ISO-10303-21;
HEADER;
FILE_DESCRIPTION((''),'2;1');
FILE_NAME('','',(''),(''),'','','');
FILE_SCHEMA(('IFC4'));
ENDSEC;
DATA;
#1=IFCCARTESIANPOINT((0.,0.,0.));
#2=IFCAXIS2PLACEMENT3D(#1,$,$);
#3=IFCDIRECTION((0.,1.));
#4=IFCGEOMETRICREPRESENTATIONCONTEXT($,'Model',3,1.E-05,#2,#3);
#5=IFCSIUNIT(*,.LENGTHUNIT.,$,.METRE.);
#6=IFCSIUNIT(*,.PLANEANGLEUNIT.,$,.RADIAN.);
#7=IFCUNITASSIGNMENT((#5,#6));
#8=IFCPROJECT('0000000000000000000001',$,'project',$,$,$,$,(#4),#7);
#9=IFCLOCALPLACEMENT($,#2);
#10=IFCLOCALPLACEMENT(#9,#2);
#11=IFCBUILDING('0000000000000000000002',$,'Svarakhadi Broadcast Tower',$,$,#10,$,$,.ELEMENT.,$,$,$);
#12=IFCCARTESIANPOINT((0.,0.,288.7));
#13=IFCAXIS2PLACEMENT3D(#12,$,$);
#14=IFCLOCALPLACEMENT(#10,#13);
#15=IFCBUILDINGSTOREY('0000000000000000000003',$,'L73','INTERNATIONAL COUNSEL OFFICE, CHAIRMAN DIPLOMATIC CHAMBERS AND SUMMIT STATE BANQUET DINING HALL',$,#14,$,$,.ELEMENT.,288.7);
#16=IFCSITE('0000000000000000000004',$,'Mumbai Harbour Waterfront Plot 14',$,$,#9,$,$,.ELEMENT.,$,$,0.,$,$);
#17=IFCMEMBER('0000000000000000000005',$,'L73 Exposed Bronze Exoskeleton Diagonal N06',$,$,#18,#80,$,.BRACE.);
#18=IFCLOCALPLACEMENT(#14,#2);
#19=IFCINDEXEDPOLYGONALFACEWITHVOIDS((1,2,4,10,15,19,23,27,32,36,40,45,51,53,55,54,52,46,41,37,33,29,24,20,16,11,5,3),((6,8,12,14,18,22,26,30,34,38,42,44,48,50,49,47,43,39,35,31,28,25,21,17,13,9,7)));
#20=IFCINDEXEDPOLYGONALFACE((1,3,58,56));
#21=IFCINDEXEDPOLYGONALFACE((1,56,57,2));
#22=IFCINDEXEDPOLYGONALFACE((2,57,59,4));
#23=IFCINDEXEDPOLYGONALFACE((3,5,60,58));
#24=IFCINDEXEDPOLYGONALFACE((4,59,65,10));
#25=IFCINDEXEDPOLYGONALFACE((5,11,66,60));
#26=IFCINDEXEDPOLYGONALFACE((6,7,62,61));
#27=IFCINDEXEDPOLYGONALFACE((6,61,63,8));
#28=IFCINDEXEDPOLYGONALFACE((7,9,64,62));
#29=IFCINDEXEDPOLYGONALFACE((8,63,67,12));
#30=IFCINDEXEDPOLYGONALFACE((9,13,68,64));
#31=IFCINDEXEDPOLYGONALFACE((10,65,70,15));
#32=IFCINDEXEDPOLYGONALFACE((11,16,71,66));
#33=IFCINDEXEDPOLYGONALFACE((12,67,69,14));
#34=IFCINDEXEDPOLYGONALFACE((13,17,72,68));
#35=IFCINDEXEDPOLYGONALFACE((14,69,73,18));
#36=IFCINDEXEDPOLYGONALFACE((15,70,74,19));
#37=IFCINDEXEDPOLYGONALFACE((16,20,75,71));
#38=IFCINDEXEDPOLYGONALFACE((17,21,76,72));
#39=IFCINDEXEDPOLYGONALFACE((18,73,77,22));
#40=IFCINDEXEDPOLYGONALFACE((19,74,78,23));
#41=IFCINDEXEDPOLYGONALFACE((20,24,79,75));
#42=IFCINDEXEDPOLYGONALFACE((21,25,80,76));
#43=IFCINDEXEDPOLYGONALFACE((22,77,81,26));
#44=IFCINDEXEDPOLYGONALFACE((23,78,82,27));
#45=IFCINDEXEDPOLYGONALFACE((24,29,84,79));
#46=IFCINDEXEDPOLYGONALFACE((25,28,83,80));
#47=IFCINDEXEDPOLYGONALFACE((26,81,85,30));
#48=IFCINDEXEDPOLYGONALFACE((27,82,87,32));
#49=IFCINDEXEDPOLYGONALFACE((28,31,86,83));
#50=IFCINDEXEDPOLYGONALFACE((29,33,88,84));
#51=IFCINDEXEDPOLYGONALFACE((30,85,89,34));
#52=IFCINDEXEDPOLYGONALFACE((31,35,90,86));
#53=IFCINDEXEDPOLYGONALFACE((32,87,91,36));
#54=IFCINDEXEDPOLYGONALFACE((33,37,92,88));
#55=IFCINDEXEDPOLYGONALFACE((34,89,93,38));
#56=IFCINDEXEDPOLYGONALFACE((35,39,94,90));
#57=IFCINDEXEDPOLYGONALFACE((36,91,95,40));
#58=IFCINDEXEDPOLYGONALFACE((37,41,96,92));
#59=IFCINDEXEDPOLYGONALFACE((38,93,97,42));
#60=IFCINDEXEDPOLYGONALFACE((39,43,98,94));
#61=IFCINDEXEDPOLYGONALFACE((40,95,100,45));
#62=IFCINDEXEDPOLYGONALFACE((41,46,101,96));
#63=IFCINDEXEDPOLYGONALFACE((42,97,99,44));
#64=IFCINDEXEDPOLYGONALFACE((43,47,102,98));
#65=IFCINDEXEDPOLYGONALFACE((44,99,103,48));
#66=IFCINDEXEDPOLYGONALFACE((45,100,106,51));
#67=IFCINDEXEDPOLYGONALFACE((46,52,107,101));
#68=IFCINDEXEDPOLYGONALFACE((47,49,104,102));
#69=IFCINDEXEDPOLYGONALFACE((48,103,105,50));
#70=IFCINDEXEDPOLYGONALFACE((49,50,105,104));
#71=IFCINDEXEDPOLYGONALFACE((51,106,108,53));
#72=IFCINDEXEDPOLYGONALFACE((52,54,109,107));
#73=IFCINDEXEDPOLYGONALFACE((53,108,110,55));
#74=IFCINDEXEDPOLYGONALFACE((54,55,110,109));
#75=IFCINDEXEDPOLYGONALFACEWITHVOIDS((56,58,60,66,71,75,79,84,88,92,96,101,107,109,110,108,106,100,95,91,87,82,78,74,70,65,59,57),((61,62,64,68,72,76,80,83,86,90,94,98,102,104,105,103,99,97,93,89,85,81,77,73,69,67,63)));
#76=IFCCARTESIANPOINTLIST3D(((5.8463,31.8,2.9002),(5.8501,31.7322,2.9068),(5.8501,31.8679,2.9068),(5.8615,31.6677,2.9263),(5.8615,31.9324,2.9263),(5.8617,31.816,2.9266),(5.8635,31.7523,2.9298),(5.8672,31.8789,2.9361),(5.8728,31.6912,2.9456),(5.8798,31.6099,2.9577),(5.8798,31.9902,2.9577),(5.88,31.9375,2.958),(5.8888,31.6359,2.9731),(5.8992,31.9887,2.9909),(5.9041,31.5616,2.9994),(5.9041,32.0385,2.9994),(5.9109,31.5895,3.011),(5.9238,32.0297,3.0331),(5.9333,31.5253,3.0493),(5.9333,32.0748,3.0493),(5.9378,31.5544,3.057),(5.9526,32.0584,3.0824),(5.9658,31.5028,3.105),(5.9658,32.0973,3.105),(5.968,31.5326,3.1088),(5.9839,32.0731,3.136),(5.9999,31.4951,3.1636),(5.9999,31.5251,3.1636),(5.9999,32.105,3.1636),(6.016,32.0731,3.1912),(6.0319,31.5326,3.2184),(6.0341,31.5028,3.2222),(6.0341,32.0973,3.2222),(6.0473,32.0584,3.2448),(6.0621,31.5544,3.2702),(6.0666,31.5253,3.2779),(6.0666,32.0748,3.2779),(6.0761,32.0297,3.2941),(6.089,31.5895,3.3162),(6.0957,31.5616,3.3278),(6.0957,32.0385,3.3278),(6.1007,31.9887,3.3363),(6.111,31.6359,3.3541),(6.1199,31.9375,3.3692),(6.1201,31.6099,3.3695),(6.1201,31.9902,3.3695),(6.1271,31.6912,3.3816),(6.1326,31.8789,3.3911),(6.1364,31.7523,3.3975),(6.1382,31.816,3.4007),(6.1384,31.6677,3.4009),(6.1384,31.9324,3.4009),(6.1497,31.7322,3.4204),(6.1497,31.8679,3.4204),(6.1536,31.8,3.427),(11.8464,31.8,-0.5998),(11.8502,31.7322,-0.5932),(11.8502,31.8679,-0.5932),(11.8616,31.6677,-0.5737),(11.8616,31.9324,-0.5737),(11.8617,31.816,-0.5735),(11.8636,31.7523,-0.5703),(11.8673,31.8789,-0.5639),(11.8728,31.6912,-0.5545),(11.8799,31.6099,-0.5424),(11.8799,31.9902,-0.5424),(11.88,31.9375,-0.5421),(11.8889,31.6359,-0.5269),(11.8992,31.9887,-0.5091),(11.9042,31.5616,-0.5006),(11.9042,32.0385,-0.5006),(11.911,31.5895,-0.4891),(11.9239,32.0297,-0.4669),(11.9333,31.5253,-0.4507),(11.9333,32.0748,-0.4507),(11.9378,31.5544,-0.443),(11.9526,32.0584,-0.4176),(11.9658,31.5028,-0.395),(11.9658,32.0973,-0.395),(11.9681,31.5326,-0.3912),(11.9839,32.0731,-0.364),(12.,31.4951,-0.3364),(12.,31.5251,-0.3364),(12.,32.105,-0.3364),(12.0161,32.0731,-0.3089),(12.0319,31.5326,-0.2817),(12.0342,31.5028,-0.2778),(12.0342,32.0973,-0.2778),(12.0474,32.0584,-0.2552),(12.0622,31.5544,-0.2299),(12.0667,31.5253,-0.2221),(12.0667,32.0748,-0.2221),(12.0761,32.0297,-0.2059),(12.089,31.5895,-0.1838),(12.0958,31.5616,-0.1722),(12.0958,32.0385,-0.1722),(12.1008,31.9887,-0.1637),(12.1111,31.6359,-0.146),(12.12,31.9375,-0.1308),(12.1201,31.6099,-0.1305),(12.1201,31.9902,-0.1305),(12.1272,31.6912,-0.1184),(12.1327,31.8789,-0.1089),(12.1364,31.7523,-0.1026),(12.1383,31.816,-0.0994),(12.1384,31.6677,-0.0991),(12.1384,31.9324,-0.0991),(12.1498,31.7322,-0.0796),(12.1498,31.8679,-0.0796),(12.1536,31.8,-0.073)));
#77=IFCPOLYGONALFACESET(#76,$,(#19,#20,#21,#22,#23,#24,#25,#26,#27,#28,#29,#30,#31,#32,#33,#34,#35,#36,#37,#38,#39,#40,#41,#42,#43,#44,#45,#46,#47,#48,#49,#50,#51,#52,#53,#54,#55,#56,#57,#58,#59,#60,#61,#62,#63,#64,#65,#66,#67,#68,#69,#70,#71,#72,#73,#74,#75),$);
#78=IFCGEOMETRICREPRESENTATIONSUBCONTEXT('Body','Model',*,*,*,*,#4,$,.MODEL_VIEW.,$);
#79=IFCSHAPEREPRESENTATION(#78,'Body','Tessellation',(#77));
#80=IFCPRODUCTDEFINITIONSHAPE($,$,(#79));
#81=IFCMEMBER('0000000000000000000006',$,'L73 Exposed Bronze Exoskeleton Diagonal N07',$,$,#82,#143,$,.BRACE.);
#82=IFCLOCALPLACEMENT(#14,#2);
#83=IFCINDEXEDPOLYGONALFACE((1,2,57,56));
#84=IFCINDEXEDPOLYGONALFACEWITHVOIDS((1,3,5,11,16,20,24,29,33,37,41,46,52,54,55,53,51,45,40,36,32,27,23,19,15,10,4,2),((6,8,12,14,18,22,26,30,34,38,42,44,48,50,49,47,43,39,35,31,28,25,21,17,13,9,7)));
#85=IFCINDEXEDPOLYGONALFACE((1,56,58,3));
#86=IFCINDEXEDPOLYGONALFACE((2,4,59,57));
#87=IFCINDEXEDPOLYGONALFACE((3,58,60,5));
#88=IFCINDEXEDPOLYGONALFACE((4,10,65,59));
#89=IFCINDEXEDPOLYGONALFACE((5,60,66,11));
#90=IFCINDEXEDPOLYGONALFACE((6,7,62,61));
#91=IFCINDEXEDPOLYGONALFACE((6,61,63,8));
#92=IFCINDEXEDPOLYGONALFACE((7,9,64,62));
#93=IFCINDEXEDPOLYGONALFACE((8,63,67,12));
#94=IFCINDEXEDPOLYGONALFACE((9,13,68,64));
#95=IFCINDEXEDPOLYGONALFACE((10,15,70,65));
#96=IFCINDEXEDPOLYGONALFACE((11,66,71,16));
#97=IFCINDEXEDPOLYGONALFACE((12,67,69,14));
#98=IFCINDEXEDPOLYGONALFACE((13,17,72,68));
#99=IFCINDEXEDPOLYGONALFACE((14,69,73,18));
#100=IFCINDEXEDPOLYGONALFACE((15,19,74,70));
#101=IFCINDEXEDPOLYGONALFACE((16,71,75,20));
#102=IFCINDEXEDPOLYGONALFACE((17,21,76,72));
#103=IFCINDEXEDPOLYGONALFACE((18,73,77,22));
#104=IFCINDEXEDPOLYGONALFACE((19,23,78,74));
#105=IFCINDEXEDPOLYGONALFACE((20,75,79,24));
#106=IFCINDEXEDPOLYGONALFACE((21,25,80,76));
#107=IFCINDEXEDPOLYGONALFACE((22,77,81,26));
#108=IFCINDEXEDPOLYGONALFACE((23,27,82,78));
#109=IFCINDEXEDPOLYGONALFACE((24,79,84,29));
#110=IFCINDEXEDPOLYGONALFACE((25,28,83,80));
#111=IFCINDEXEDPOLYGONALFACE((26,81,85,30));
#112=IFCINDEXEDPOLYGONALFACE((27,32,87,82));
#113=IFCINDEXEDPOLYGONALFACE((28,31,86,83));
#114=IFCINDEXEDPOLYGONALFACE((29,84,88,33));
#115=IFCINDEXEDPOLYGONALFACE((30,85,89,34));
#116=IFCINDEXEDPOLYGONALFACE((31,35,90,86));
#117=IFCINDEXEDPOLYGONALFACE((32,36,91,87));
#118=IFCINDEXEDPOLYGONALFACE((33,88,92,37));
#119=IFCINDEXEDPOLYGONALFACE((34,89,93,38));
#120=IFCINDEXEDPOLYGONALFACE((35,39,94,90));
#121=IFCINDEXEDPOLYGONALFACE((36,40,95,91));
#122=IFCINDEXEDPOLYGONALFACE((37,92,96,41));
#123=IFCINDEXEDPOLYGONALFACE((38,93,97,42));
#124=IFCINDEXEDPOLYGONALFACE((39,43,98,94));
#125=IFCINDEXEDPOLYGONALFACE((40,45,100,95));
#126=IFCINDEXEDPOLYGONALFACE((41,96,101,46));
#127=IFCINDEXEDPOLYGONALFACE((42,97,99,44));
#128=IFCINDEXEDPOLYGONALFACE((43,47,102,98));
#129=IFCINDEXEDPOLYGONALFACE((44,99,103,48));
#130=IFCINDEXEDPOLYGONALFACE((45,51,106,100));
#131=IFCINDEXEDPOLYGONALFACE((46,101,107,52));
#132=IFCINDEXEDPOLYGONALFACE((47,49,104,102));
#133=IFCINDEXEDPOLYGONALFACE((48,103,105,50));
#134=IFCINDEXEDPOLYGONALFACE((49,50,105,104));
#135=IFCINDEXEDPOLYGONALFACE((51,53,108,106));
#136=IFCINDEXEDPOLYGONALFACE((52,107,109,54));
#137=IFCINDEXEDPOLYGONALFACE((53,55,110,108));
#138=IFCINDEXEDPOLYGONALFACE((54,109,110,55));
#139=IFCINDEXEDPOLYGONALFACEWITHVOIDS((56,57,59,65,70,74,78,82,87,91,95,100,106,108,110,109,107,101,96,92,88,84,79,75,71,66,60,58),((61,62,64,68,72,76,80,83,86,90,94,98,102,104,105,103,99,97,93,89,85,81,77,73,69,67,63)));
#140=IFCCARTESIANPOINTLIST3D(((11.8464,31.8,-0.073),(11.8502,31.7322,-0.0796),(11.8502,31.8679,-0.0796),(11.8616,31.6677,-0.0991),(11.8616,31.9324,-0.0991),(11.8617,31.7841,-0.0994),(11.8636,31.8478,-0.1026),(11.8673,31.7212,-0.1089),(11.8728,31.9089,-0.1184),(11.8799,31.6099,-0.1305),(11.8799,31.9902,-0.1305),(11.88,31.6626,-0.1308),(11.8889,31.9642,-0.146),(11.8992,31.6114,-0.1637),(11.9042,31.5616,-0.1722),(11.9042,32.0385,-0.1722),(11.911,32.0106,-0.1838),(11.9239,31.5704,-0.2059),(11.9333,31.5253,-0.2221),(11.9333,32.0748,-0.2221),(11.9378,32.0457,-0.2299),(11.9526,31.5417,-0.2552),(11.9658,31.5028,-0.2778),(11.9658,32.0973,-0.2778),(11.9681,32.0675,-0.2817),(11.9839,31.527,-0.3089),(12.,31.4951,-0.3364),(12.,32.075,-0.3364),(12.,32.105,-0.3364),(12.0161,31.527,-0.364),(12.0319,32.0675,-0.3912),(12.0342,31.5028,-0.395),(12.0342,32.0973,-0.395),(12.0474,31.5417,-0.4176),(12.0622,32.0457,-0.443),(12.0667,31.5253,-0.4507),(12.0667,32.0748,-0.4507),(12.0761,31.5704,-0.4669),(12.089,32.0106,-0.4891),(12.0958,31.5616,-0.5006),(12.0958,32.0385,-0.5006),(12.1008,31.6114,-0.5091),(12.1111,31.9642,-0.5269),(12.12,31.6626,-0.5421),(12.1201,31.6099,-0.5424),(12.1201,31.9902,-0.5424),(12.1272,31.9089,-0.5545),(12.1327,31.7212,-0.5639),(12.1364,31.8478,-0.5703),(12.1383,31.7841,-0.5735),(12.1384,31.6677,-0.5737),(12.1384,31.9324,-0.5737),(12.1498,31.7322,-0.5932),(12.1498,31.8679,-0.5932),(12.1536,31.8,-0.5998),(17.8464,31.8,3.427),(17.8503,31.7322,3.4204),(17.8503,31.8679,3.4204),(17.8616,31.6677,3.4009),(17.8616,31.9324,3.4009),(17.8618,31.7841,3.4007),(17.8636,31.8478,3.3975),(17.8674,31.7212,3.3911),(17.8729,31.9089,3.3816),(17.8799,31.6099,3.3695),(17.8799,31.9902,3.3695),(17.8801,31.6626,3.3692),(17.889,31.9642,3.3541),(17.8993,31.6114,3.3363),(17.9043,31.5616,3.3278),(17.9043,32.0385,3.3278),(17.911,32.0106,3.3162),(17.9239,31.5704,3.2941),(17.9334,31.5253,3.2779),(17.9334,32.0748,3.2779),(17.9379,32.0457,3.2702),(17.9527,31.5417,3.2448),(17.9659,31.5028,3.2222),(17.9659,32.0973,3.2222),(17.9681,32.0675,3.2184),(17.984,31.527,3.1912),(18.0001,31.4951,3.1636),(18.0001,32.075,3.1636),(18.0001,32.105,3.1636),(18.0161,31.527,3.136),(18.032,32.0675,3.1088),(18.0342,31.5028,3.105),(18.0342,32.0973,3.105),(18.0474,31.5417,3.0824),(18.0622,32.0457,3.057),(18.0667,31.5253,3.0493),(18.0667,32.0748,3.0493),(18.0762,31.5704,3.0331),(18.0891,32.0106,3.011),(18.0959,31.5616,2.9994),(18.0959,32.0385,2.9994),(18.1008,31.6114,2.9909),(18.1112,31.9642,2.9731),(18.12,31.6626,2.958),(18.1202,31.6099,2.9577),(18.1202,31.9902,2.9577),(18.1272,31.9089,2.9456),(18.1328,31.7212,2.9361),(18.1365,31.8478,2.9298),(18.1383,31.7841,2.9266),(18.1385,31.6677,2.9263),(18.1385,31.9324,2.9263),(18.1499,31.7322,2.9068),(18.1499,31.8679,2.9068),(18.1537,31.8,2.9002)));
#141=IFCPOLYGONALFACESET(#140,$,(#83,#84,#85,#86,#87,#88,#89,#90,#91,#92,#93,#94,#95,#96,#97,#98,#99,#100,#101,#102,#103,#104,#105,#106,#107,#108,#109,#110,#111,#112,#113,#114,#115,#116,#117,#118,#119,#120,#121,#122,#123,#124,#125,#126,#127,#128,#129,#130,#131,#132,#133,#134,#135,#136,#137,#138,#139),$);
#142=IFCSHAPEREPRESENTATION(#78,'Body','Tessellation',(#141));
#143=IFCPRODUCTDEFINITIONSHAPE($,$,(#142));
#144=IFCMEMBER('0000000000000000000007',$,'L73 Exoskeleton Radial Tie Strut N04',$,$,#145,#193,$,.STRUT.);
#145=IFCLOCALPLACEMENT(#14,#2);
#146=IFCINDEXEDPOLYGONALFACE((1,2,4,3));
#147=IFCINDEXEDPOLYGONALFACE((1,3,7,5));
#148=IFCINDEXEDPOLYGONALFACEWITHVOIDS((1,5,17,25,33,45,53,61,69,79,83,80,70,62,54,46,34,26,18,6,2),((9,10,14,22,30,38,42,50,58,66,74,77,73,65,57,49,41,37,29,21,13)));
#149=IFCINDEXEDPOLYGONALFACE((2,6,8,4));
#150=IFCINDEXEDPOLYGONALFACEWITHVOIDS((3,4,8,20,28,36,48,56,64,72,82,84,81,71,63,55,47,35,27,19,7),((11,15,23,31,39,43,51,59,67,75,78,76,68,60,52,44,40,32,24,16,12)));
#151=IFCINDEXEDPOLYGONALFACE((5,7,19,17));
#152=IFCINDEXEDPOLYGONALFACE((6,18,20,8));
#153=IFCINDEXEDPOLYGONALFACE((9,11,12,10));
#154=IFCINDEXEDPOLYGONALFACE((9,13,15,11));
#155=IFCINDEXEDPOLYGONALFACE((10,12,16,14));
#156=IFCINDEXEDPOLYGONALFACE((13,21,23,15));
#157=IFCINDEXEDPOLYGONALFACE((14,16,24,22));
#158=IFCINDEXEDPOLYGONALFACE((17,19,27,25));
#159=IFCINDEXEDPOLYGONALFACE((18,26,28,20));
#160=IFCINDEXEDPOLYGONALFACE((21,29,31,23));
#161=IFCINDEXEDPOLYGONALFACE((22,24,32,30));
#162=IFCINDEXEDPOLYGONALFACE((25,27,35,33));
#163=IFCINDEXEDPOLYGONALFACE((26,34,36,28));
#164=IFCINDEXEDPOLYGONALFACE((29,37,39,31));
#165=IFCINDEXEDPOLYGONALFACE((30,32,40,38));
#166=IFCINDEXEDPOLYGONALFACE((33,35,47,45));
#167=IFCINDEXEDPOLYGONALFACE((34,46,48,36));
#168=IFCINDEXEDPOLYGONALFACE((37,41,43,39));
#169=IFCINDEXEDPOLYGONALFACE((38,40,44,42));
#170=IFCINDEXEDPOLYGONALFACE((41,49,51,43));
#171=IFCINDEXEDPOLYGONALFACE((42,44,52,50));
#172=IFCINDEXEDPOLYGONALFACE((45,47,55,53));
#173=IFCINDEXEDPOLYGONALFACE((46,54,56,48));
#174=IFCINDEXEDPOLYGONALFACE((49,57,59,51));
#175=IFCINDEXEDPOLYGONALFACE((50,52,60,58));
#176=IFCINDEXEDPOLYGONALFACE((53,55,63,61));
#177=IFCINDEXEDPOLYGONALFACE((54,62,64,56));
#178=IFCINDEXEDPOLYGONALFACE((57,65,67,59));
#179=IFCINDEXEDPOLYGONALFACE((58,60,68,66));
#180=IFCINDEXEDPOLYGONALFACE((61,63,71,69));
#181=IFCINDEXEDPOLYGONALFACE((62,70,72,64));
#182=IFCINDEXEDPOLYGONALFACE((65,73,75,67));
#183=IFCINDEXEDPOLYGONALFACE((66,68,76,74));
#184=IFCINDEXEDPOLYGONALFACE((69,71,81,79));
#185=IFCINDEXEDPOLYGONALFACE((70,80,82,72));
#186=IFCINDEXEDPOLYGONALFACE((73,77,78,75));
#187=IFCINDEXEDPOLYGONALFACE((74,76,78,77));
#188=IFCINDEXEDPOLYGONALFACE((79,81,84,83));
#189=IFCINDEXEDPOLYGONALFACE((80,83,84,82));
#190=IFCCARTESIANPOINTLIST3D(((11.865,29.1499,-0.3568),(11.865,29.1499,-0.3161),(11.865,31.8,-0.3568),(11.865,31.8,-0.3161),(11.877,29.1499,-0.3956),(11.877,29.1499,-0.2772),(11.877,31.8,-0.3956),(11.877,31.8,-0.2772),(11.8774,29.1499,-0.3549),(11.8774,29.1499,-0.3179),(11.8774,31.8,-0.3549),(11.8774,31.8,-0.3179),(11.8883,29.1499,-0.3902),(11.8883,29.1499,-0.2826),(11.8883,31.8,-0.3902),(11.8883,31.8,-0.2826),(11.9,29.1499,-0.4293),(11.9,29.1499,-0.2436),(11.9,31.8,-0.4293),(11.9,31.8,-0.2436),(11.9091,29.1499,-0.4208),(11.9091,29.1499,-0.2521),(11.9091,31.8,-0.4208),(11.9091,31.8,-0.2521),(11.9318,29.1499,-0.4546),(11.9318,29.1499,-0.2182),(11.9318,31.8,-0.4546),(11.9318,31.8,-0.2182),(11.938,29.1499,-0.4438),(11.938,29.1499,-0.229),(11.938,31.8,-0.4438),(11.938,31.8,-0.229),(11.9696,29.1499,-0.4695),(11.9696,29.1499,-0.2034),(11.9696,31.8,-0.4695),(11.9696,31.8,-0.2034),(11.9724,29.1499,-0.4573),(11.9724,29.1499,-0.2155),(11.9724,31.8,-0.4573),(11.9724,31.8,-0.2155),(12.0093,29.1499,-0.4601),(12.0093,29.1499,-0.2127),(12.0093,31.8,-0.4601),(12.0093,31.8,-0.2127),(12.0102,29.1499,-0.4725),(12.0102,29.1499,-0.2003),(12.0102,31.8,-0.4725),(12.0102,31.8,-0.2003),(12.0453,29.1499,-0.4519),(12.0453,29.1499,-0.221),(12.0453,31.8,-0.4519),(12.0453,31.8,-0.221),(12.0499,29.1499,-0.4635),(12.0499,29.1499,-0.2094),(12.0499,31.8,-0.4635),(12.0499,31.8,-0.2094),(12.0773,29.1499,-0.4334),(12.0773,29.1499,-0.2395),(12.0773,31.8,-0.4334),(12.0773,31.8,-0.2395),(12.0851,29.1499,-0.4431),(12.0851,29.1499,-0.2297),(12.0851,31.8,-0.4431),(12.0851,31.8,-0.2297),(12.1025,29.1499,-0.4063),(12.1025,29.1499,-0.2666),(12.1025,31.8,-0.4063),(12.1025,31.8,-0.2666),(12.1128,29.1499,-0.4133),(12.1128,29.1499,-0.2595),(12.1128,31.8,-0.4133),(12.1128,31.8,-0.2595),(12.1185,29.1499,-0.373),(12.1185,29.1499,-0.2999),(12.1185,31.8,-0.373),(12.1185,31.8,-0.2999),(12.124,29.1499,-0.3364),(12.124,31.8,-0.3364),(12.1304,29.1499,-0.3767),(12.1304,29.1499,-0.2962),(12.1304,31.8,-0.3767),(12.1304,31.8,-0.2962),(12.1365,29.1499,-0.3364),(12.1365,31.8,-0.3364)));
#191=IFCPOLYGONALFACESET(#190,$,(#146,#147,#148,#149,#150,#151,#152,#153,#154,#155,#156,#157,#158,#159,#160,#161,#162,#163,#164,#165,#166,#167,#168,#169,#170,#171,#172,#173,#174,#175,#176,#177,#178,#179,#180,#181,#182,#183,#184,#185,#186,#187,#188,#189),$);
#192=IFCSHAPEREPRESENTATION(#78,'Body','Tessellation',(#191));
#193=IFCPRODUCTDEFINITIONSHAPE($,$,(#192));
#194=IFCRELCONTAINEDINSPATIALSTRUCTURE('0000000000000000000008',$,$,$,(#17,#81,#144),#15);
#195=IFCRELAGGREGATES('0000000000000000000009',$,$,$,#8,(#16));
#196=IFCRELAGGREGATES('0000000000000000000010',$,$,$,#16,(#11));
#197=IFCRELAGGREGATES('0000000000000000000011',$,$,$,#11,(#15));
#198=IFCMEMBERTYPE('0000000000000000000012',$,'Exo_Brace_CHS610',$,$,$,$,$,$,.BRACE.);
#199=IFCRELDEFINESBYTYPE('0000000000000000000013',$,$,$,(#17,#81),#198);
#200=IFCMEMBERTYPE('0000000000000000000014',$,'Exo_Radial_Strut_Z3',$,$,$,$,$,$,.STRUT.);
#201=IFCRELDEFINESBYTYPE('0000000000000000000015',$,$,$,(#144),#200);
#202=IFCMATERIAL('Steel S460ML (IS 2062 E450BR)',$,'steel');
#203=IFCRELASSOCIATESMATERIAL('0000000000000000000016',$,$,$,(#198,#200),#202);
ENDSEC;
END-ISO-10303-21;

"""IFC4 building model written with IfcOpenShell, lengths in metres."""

from ifc_helpers import new_model, si_unit, direction, frame, origin, origin_2d, place, context, subcontext, project, spatial, hollow_circle, extrude, material, material_profile, profile_set, type_object, element, save


model = new_model("IFC4")

# Units and contexts
model_context = context("Model", 3, precision=1e-05, world=origin(), true_north=direction((0.0, 1.0)))
body_context = subcontext(model_context, "Body", "Model", "MODEL_VIEW")
ifc_project = project(units=[si_unit("LENGTHUNIT", "METRE"), si_unit("PLANEANGLEUNIT", "RADIAN")], contexts=[model_context])

# Site, building, storey
site_placement = place(None, origin())
site = spatial("IfcSite", under=ifc_project, at=site_placement, Name="Mumbai Harbour Waterfront Plot 14", CompositionType="ELEMENT", RefElevation=0.0)
building_placement = place(site_placement, origin())
building = spatial("IfcBuilding", under=site, at=building_placement, Name="Svarakhadi Broadcast Tower", CompositionType="ELEMENT")
storey_placement = place(building_placement, frame((0.0, 0.0, 288.7)))
storey = spatial("IfcBuildingStorey", under=building, at=storey_placement, Name="L73", Description="INTERNATIONAL COUNSEL OFFICE, CHAIRMAN DIPLOMATIC CHAMBERS AND SUMMIT STATE BANQUET DINING HALL", CompositionType="ELEMENT", Elevation=288.7)

# Shared definitions
ifc_material_1 = material(Name="Steel S460ML (IS 2062 E450BR)", Category="steel")

# Members
ifc_material_profile_1 = material_profile(ifc_material_1, hollow_circle(Radius=0.3049, WallThickness=0.03, at=origin_2d()), Name="CHS 610x30")
ifc_profile_set_1 = profile_set([ifc_material_profile_1], Name="Steel S460ML (IS 2062 E450BR)")
member_type_1 = type_object("IfcMemberType", Name="Exo_Brace_CHS610", PredefinedType="BRACE", material=ifc_profile_set_1)
for number, where, z_axis, x_axis, name in (
    (1, (12.0, 31.8, -0.3364), (-0.863779, 0.0, 0.503871), (0.0, -1.0, 0.0), "L73 Exposed Bronze Exoskeleton Diagonal N06"),
    (2, (12.0, 31.8, -0.3364), (0.863779, 0.0, 0.503871), (0.0, 1.0, 0.0), "L73 Exposed Bronze Exoskeleton Diagonal N07"),
):
    element("IfcMember", number, at=place(storey_placement, frame(where, z_axis=z_axis, x_axis=x_axis)), inside=storey, type_object=member_type_1, Name=name, PredefinedType="BRACE", context=body_context, shape_type="SweptSolid", body=[
        extrude(hollow_circle(Radius=0.3049, WallThickness=0.03, at=origin_2d()), origin(), (0.0, 0.0, 1.0), 6.9463),
    ])
ifc_material_profile_2 = material_profile(ifc_material_1, hollow_circle(Radius=0.1365, WallThickness=0.0125, at=origin_2d()), Name="CHS 273x12.5")
ifc_profile_set_2 = profile_set([ifc_material_profile_2], Name="Steel S460ML (IS 2062 E450BR)")
member_type_2 = type_object("IfcMemberType", Name="Exo_Radial_Strut_Z3", PredefinedType="STRUT", material=ifc_profile_set_2)
member_1_placement = place(storey_placement, frame((12.0, 31.8, -0.3364), z_axis=(0.0, -1.0, 0.0), x_axis=(1.0, 0.0, 0.0)))
element("IfcMember", 3, at=member_1_placement, inside=storey, type_object=member_type_2, Name="L73 Exoskeleton Radial Tie Strut N04", PredefinedType="STRUT", context=body_context, shape_type="SweptSolid", body=[
    extrude(hollow_circle(Radius=0.1365, WallThickness=0.0125, at=origin_2d()), origin(), (0.0, 0.0, 1.0), 2.6501),
])

save(model, "model.ifc")
